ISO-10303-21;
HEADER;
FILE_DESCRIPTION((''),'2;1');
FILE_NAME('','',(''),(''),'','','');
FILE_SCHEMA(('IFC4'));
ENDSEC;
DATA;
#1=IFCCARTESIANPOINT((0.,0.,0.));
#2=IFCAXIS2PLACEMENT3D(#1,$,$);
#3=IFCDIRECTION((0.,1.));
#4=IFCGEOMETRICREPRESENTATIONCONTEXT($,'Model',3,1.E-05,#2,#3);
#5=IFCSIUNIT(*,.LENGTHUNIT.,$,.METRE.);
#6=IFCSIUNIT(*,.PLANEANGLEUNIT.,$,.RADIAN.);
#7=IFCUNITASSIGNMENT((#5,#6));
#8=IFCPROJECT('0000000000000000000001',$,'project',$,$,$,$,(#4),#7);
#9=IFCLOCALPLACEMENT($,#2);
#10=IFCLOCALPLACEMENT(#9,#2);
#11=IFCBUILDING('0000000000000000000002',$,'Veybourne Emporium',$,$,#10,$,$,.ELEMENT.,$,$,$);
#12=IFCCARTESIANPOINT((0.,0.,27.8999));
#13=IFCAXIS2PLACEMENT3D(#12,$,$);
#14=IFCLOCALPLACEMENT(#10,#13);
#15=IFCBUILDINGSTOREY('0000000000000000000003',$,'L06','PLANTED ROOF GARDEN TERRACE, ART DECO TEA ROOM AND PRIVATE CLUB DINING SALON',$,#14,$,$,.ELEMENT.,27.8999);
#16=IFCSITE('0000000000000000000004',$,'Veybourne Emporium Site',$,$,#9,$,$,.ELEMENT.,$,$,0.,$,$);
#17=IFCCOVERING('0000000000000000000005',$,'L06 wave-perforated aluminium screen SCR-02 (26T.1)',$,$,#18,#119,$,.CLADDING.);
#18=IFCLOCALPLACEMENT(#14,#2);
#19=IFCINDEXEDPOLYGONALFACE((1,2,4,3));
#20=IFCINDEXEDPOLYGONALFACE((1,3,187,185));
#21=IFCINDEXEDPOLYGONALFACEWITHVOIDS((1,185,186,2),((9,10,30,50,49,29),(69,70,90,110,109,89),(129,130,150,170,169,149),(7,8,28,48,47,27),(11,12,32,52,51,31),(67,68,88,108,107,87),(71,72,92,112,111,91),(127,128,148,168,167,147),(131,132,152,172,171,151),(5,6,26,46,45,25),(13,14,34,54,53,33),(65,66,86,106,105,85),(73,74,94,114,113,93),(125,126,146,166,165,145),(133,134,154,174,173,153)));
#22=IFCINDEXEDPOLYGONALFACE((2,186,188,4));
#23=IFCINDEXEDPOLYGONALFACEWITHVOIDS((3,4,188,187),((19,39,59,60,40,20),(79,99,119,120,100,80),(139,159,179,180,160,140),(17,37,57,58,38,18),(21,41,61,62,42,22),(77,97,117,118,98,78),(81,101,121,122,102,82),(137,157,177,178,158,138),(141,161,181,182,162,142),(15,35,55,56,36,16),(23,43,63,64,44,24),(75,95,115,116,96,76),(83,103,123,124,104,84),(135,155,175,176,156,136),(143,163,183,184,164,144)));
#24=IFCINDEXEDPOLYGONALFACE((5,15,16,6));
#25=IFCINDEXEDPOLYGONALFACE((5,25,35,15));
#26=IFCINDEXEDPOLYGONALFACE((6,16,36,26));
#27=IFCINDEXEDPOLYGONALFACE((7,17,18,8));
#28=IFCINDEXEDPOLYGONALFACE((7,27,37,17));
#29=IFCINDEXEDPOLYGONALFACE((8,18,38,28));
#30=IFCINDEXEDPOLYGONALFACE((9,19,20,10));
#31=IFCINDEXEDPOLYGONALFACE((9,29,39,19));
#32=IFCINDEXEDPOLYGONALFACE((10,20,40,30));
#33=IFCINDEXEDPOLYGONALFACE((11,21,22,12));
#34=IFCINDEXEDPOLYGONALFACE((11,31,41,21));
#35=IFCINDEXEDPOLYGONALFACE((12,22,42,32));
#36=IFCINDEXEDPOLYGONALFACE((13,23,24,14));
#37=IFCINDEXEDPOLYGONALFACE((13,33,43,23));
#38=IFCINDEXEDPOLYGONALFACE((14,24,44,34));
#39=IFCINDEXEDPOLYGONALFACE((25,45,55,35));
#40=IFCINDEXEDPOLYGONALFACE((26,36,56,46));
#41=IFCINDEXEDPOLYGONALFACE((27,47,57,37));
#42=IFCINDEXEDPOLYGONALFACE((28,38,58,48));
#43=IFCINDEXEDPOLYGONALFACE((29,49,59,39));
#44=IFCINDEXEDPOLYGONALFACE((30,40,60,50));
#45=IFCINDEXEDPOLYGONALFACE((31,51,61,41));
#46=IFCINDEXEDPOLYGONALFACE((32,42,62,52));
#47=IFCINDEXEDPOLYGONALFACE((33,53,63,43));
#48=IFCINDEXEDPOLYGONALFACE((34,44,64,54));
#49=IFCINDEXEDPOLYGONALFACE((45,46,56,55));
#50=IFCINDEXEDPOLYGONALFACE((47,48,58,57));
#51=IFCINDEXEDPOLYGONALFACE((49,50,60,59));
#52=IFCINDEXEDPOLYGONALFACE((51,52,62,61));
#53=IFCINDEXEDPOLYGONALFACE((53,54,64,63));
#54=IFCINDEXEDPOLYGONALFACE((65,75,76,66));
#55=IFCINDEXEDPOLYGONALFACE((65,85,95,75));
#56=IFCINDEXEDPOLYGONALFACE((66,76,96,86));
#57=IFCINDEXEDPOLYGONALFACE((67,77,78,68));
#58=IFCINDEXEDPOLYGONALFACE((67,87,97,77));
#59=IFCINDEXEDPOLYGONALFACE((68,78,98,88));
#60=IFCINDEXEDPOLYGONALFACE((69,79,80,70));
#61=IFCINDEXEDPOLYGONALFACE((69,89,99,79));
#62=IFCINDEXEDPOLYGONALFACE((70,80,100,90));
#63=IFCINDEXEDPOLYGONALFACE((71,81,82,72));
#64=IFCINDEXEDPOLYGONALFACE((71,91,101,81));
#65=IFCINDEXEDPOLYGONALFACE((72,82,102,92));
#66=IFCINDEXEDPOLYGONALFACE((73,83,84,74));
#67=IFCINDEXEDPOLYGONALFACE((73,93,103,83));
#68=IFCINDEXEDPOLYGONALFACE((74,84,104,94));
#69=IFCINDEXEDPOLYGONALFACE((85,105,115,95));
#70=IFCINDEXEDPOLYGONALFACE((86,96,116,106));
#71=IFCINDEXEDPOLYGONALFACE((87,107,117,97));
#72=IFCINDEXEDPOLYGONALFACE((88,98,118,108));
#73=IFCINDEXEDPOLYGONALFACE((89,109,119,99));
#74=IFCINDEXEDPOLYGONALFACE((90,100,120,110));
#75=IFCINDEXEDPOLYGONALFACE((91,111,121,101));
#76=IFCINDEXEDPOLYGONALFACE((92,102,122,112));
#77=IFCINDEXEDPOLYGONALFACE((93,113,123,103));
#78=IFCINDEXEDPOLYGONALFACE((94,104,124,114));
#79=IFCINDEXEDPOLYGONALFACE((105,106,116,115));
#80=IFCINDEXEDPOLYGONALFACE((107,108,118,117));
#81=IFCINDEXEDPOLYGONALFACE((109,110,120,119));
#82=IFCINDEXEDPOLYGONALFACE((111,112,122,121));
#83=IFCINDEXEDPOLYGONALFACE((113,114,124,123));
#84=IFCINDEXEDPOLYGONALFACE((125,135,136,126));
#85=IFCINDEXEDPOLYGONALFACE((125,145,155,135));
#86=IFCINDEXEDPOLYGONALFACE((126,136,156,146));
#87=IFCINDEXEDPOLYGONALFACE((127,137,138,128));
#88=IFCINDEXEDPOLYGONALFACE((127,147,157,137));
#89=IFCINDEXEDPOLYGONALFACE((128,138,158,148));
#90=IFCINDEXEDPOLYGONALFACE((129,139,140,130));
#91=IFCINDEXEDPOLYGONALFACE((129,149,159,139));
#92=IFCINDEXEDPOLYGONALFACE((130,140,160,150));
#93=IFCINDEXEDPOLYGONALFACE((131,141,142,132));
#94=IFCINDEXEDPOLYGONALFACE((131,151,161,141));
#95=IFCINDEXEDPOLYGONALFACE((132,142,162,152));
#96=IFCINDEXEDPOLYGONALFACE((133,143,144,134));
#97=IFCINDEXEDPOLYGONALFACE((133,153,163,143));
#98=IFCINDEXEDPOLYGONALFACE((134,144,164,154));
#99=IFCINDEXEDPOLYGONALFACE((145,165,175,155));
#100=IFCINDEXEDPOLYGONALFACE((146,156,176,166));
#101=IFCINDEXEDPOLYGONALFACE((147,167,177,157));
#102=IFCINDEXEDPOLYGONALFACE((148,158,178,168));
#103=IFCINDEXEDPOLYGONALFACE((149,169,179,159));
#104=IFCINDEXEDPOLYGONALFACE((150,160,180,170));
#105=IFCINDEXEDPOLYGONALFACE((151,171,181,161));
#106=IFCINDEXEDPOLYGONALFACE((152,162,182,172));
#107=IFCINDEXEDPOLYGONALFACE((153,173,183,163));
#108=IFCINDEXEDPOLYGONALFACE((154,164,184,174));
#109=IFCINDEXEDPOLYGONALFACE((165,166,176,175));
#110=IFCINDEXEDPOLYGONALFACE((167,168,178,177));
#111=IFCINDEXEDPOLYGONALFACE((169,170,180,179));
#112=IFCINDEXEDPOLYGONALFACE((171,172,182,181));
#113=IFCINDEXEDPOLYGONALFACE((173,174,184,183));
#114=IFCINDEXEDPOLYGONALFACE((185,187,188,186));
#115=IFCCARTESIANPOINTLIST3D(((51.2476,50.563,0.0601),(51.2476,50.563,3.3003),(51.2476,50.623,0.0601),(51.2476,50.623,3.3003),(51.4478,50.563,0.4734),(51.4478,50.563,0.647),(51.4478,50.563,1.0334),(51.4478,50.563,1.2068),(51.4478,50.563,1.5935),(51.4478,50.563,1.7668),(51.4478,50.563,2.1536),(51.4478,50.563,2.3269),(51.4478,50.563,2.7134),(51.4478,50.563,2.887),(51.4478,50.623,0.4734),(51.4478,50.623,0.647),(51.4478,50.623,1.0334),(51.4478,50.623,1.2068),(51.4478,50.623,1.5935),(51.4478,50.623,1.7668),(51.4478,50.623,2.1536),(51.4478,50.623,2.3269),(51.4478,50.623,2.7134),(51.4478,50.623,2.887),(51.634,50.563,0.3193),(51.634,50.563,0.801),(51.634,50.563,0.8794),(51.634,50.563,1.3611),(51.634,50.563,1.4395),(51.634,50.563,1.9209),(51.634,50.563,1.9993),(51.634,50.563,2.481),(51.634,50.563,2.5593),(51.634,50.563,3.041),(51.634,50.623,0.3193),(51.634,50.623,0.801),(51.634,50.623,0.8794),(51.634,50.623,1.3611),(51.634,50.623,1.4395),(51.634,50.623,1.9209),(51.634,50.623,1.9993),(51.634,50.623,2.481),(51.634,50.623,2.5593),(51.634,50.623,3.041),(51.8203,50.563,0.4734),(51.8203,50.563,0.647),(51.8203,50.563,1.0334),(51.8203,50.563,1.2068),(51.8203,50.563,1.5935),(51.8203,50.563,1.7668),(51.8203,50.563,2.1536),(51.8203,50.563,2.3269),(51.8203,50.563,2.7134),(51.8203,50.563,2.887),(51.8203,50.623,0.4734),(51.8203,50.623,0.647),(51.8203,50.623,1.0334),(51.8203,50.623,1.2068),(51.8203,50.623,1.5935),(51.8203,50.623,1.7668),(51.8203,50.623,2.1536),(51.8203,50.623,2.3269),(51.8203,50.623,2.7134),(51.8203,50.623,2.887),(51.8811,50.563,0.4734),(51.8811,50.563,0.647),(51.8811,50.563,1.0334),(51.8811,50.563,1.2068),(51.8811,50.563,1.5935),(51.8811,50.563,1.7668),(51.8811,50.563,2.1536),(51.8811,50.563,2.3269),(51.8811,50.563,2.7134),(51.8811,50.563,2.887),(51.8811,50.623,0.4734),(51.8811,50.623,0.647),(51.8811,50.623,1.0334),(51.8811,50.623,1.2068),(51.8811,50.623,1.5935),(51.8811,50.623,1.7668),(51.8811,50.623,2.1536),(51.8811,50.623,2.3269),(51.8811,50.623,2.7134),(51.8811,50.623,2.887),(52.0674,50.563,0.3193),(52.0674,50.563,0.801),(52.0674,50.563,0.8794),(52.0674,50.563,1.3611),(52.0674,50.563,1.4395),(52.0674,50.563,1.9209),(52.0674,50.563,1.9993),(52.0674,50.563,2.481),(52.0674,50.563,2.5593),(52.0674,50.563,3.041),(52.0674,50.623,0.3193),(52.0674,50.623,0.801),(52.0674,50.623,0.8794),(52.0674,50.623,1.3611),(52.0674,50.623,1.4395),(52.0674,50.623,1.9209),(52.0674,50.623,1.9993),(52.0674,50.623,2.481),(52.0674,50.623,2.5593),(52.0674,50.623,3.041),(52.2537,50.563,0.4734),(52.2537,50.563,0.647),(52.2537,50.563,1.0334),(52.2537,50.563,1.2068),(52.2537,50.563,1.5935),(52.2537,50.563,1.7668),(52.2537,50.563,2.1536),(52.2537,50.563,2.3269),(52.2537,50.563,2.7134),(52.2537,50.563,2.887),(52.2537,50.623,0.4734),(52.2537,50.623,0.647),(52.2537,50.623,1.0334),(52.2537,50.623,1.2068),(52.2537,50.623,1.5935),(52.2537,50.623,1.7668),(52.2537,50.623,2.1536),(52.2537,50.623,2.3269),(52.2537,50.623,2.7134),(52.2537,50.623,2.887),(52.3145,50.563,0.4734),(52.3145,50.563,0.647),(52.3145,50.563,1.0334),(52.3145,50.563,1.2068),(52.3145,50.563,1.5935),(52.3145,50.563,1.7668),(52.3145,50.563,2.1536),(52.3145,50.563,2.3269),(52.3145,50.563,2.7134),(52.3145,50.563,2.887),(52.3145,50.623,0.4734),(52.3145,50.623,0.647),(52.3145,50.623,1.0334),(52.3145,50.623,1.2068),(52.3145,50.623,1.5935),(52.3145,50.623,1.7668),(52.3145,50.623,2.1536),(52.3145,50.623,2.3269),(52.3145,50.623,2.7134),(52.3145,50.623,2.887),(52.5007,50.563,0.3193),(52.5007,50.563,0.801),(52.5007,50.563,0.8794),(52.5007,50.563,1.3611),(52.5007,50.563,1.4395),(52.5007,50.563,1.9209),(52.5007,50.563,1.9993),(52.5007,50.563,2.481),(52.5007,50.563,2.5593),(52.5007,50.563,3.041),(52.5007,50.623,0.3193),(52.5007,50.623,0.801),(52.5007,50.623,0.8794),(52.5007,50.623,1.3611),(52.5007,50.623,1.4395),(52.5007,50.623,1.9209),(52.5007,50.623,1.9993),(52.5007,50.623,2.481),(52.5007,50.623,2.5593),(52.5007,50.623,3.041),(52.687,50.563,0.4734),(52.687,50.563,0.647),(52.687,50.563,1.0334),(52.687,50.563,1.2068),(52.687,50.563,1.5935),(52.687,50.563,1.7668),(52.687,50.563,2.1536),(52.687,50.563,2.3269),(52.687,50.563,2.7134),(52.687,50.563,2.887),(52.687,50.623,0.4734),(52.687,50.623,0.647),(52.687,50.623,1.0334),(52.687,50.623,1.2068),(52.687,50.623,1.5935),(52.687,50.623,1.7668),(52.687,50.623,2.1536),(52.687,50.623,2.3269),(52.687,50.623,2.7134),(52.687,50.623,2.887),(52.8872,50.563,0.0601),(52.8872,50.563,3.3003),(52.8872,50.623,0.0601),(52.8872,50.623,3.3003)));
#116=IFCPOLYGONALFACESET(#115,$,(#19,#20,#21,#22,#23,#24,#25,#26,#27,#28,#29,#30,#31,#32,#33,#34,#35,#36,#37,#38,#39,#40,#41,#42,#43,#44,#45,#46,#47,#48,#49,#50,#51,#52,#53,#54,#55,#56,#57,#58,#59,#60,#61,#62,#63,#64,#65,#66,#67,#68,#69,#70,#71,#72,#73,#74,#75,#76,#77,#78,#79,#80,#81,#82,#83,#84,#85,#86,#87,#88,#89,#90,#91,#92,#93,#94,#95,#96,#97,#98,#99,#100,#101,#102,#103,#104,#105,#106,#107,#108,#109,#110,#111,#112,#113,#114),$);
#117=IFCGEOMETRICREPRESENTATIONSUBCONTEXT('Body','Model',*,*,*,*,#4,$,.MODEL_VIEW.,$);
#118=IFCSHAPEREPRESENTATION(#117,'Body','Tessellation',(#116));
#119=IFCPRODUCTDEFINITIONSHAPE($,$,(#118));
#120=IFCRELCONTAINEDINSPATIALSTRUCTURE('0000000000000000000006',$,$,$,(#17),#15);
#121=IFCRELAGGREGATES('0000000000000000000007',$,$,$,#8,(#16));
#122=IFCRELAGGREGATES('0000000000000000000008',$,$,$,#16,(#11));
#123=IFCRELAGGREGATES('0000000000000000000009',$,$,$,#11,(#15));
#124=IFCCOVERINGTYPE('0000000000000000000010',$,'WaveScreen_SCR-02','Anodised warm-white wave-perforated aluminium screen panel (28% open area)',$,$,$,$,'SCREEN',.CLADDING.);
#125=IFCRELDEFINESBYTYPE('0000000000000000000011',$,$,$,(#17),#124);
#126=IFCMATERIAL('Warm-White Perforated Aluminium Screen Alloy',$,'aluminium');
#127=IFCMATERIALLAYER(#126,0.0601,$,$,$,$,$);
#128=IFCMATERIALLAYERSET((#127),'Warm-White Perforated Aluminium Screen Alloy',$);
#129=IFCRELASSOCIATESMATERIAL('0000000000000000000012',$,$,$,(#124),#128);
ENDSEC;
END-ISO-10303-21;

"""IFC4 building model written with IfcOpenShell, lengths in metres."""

from ifc_helpers import new_model, si_unit, direction, frame, origin, place, context, subcontext, project, spatial, polyline, outline, extrude, material, layer, layer_set, type_object, element, save


model = new_model("IFC4")

# Units and contexts
model_context = context("Model", 3, precision=1e-05, world=origin(), true_north=direction((0.0, 1.0)))
body_context = subcontext(model_context, "Body", "Model", "MODEL_VIEW")
ifc_project = project(units=[si_unit("LENGTHUNIT", "METRE"), si_unit("PLANEANGLEUNIT", "RADIAN")], contexts=[model_context])

# Site, building, storey
site_placement = place(None, origin())
site = spatial("IfcSite", under=ifc_project, at=site_placement, Name="Veybourne Emporium Site", CompositionType="ELEMENT", RefElevation=0.0)
building_placement = place(site_placement, origin())
building = spatial("IfcBuilding", under=site, at=building_placement, Name="Veybourne Emporium", CompositionType="ELEMENT")
storey_placement = place(building_placement, frame((0.0, 0.0, 27.8999)))
storey = spatial("IfcBuildingStorey", under=building, at=storey_placement, Name="L06", Description="PLANTED ROOF GARDEN TERRACE, ART DECO TEA ROOM AND PRIVATE CLUB DINING SALON", CompositionType="ELEMENT", Elevation=27.8999)

# Covering
ifc_material_1 = material(Name="Warm-White Perforated Aluminium Screen Alloy", Category="aluminium")
ifc_layer_1 = layer(ifc_material_1, 0.0601)
ifc_layer_set_1 = layer_set([ifc_layer_1], Name="Warm-White Perforated Aluminium Screen Alloy")
covering_type_1 = type_object("IfcCoveringType", Name="WaveScreen_SCR-02", Description="Anodised warm-white wave-perforated aluminium screen panel (28% open area)", ElementType="SCREEN", PredefinedType="CLADDING", material=ifc_layer_set_1)
covering_1_placement = place(storey_placement, frame((52.0674, 50.623, 1.6802), z_axis=(0.0, -1.0, 0.0), x_axis=(1.0, 0.0, 0.0)))
element("IfcCovering", 1, at=covering_1_placement, inside=storey, type_object=covering_type_1, Name="L06 wave-perforated aluminium screen SCR-02 (26T.1)", PredefinedType="CLADDING", context=body_context, shape_type="SweptSolid", body=[
    extrude(outline(polyline([(-0.8198, -1.6201), (0.8198, -1.6201), (0.8198, 1.6201), (-0.8198, 1.6201), (-0.8198, -1.6201)]), holes=[polyline([(-0.4333, -0.8792), (-0.2471, -1.0332), (-0.2471, -1.2068), (-0.4333, -1.3608), (-0.6196, -1.2068), (-0.6196, -1.0332), (-0.4333, -0.8792)]), polyline([(-0.4333, -0.3191), (-0.2471, -0.4734), (-0.2471, -0.6467), (-0.4333, -0.8008), (-0.6196, -0.6467), (-0.6196, -0.4734), (-0.4333, -0.3191)]), polyline([(-0.4333, 0.2407), (-0.2471, 0.0867), (-0.2471, -0.0867), (-0.4333, -0.2407), (-0.6196, -0.0867), (-0.6196, 0.0867), (-0.4333, 0.2407)]), polyline([(-0.4333, 0.8008), (-0.2471, 0.6467), (-0.2471, 0.4734), (-0.4333, 0.3191), (-0.6196, 0.4734), (-0.6196, 0.6467), (-0.4333, 0.8008)]), polyline([(-0.4333, 1.3608), (-0.2471, 1.2068), (-0.2471, 1.0332), (-0.4333, 0.8792), (-0.6196, 1.0332), (-0.6196, 1.2068), (-0.4333, 1.3608)]), polyline([(0.0, -0.8792), (0.1863, -1.0332), (0.1863, -1.2068), (0.0, -1.3608), (-0.1863, -1.2068), (-0.1863, -1.0332), (0.0, -0.8792)]), polyline([(0.0, -0.3191), (0.1863, -0.4734), (0.1863, -0.6467), (0.0, -0.8008), (-0.1863, -0.6467), (-0.1863, -0.4734), (0.0, -0.3191)]), polyline([(0.0, 0.2407), (0.1863, 0.0867), (0.1863, -0.0867), (0.0, -0.2407), (-0.1863, -0.0867), (-0.1863, 0.0867), (0.0, 0.2407)]), polyline([(0.0, 0.8008), (0.1863, 0.6467), (0.1863, 0.4734), (0.0, 0.3191), (-0.1863, 0.4734), (-0.1863, 0.6467), (0.0, 0.8008)]), polyline([(0.0, 1.3608), (0.1863, 1.2068), (0.1863, 1.0332), (0.0, 0.8792), (-0.1863, 1.0332), (-0.1863, 1.2068), (0.0, 1.3608)]), polyline([(0.4333, -0.8792), (0.6196, -1.0332), (0.6196, -1.2068), (0.4333, -1.3608), (0.2471, -1.2068), (0.2471, -1.0332), (0.4333, -0.8792)]), polyline([(0.4333, -0.3191), (0.6196, -0.4734), (0.6196, -0.6467), (0.4333, -0.8008), (0.2471, -0.6467), (0.2471, -0.4734), (0.4333, -0.3191)]), polyline([(0.4333, 0.2407), (0.6196, 0.0867), (0.6196, -0.0867), (0.4333, -0.2407), (0.2471, -0.0867), (0.2471, 0.0867), (0.4333, 0.2407)]), polyline([(0.4333, 0.8008), (0.6196, 0.6467), (0.6196, 0.4734), (0.4333, 0.3191), (0.2471, 0.4734), (0.2471, 0.6467), (0.4333, 0.8008)]), polyline([(0.4333, 1.3608), (0.6196, 1.2068), (0.6196, 1.0332), (0.4333, 0.8792), (0.2471, 1.0332), (0.2471, 1.2068), (0.4333, 1.3608)])]), origin(), (0.0, 0.0, 1.0), 0.0601),
])

save(model, "model.ifc")
